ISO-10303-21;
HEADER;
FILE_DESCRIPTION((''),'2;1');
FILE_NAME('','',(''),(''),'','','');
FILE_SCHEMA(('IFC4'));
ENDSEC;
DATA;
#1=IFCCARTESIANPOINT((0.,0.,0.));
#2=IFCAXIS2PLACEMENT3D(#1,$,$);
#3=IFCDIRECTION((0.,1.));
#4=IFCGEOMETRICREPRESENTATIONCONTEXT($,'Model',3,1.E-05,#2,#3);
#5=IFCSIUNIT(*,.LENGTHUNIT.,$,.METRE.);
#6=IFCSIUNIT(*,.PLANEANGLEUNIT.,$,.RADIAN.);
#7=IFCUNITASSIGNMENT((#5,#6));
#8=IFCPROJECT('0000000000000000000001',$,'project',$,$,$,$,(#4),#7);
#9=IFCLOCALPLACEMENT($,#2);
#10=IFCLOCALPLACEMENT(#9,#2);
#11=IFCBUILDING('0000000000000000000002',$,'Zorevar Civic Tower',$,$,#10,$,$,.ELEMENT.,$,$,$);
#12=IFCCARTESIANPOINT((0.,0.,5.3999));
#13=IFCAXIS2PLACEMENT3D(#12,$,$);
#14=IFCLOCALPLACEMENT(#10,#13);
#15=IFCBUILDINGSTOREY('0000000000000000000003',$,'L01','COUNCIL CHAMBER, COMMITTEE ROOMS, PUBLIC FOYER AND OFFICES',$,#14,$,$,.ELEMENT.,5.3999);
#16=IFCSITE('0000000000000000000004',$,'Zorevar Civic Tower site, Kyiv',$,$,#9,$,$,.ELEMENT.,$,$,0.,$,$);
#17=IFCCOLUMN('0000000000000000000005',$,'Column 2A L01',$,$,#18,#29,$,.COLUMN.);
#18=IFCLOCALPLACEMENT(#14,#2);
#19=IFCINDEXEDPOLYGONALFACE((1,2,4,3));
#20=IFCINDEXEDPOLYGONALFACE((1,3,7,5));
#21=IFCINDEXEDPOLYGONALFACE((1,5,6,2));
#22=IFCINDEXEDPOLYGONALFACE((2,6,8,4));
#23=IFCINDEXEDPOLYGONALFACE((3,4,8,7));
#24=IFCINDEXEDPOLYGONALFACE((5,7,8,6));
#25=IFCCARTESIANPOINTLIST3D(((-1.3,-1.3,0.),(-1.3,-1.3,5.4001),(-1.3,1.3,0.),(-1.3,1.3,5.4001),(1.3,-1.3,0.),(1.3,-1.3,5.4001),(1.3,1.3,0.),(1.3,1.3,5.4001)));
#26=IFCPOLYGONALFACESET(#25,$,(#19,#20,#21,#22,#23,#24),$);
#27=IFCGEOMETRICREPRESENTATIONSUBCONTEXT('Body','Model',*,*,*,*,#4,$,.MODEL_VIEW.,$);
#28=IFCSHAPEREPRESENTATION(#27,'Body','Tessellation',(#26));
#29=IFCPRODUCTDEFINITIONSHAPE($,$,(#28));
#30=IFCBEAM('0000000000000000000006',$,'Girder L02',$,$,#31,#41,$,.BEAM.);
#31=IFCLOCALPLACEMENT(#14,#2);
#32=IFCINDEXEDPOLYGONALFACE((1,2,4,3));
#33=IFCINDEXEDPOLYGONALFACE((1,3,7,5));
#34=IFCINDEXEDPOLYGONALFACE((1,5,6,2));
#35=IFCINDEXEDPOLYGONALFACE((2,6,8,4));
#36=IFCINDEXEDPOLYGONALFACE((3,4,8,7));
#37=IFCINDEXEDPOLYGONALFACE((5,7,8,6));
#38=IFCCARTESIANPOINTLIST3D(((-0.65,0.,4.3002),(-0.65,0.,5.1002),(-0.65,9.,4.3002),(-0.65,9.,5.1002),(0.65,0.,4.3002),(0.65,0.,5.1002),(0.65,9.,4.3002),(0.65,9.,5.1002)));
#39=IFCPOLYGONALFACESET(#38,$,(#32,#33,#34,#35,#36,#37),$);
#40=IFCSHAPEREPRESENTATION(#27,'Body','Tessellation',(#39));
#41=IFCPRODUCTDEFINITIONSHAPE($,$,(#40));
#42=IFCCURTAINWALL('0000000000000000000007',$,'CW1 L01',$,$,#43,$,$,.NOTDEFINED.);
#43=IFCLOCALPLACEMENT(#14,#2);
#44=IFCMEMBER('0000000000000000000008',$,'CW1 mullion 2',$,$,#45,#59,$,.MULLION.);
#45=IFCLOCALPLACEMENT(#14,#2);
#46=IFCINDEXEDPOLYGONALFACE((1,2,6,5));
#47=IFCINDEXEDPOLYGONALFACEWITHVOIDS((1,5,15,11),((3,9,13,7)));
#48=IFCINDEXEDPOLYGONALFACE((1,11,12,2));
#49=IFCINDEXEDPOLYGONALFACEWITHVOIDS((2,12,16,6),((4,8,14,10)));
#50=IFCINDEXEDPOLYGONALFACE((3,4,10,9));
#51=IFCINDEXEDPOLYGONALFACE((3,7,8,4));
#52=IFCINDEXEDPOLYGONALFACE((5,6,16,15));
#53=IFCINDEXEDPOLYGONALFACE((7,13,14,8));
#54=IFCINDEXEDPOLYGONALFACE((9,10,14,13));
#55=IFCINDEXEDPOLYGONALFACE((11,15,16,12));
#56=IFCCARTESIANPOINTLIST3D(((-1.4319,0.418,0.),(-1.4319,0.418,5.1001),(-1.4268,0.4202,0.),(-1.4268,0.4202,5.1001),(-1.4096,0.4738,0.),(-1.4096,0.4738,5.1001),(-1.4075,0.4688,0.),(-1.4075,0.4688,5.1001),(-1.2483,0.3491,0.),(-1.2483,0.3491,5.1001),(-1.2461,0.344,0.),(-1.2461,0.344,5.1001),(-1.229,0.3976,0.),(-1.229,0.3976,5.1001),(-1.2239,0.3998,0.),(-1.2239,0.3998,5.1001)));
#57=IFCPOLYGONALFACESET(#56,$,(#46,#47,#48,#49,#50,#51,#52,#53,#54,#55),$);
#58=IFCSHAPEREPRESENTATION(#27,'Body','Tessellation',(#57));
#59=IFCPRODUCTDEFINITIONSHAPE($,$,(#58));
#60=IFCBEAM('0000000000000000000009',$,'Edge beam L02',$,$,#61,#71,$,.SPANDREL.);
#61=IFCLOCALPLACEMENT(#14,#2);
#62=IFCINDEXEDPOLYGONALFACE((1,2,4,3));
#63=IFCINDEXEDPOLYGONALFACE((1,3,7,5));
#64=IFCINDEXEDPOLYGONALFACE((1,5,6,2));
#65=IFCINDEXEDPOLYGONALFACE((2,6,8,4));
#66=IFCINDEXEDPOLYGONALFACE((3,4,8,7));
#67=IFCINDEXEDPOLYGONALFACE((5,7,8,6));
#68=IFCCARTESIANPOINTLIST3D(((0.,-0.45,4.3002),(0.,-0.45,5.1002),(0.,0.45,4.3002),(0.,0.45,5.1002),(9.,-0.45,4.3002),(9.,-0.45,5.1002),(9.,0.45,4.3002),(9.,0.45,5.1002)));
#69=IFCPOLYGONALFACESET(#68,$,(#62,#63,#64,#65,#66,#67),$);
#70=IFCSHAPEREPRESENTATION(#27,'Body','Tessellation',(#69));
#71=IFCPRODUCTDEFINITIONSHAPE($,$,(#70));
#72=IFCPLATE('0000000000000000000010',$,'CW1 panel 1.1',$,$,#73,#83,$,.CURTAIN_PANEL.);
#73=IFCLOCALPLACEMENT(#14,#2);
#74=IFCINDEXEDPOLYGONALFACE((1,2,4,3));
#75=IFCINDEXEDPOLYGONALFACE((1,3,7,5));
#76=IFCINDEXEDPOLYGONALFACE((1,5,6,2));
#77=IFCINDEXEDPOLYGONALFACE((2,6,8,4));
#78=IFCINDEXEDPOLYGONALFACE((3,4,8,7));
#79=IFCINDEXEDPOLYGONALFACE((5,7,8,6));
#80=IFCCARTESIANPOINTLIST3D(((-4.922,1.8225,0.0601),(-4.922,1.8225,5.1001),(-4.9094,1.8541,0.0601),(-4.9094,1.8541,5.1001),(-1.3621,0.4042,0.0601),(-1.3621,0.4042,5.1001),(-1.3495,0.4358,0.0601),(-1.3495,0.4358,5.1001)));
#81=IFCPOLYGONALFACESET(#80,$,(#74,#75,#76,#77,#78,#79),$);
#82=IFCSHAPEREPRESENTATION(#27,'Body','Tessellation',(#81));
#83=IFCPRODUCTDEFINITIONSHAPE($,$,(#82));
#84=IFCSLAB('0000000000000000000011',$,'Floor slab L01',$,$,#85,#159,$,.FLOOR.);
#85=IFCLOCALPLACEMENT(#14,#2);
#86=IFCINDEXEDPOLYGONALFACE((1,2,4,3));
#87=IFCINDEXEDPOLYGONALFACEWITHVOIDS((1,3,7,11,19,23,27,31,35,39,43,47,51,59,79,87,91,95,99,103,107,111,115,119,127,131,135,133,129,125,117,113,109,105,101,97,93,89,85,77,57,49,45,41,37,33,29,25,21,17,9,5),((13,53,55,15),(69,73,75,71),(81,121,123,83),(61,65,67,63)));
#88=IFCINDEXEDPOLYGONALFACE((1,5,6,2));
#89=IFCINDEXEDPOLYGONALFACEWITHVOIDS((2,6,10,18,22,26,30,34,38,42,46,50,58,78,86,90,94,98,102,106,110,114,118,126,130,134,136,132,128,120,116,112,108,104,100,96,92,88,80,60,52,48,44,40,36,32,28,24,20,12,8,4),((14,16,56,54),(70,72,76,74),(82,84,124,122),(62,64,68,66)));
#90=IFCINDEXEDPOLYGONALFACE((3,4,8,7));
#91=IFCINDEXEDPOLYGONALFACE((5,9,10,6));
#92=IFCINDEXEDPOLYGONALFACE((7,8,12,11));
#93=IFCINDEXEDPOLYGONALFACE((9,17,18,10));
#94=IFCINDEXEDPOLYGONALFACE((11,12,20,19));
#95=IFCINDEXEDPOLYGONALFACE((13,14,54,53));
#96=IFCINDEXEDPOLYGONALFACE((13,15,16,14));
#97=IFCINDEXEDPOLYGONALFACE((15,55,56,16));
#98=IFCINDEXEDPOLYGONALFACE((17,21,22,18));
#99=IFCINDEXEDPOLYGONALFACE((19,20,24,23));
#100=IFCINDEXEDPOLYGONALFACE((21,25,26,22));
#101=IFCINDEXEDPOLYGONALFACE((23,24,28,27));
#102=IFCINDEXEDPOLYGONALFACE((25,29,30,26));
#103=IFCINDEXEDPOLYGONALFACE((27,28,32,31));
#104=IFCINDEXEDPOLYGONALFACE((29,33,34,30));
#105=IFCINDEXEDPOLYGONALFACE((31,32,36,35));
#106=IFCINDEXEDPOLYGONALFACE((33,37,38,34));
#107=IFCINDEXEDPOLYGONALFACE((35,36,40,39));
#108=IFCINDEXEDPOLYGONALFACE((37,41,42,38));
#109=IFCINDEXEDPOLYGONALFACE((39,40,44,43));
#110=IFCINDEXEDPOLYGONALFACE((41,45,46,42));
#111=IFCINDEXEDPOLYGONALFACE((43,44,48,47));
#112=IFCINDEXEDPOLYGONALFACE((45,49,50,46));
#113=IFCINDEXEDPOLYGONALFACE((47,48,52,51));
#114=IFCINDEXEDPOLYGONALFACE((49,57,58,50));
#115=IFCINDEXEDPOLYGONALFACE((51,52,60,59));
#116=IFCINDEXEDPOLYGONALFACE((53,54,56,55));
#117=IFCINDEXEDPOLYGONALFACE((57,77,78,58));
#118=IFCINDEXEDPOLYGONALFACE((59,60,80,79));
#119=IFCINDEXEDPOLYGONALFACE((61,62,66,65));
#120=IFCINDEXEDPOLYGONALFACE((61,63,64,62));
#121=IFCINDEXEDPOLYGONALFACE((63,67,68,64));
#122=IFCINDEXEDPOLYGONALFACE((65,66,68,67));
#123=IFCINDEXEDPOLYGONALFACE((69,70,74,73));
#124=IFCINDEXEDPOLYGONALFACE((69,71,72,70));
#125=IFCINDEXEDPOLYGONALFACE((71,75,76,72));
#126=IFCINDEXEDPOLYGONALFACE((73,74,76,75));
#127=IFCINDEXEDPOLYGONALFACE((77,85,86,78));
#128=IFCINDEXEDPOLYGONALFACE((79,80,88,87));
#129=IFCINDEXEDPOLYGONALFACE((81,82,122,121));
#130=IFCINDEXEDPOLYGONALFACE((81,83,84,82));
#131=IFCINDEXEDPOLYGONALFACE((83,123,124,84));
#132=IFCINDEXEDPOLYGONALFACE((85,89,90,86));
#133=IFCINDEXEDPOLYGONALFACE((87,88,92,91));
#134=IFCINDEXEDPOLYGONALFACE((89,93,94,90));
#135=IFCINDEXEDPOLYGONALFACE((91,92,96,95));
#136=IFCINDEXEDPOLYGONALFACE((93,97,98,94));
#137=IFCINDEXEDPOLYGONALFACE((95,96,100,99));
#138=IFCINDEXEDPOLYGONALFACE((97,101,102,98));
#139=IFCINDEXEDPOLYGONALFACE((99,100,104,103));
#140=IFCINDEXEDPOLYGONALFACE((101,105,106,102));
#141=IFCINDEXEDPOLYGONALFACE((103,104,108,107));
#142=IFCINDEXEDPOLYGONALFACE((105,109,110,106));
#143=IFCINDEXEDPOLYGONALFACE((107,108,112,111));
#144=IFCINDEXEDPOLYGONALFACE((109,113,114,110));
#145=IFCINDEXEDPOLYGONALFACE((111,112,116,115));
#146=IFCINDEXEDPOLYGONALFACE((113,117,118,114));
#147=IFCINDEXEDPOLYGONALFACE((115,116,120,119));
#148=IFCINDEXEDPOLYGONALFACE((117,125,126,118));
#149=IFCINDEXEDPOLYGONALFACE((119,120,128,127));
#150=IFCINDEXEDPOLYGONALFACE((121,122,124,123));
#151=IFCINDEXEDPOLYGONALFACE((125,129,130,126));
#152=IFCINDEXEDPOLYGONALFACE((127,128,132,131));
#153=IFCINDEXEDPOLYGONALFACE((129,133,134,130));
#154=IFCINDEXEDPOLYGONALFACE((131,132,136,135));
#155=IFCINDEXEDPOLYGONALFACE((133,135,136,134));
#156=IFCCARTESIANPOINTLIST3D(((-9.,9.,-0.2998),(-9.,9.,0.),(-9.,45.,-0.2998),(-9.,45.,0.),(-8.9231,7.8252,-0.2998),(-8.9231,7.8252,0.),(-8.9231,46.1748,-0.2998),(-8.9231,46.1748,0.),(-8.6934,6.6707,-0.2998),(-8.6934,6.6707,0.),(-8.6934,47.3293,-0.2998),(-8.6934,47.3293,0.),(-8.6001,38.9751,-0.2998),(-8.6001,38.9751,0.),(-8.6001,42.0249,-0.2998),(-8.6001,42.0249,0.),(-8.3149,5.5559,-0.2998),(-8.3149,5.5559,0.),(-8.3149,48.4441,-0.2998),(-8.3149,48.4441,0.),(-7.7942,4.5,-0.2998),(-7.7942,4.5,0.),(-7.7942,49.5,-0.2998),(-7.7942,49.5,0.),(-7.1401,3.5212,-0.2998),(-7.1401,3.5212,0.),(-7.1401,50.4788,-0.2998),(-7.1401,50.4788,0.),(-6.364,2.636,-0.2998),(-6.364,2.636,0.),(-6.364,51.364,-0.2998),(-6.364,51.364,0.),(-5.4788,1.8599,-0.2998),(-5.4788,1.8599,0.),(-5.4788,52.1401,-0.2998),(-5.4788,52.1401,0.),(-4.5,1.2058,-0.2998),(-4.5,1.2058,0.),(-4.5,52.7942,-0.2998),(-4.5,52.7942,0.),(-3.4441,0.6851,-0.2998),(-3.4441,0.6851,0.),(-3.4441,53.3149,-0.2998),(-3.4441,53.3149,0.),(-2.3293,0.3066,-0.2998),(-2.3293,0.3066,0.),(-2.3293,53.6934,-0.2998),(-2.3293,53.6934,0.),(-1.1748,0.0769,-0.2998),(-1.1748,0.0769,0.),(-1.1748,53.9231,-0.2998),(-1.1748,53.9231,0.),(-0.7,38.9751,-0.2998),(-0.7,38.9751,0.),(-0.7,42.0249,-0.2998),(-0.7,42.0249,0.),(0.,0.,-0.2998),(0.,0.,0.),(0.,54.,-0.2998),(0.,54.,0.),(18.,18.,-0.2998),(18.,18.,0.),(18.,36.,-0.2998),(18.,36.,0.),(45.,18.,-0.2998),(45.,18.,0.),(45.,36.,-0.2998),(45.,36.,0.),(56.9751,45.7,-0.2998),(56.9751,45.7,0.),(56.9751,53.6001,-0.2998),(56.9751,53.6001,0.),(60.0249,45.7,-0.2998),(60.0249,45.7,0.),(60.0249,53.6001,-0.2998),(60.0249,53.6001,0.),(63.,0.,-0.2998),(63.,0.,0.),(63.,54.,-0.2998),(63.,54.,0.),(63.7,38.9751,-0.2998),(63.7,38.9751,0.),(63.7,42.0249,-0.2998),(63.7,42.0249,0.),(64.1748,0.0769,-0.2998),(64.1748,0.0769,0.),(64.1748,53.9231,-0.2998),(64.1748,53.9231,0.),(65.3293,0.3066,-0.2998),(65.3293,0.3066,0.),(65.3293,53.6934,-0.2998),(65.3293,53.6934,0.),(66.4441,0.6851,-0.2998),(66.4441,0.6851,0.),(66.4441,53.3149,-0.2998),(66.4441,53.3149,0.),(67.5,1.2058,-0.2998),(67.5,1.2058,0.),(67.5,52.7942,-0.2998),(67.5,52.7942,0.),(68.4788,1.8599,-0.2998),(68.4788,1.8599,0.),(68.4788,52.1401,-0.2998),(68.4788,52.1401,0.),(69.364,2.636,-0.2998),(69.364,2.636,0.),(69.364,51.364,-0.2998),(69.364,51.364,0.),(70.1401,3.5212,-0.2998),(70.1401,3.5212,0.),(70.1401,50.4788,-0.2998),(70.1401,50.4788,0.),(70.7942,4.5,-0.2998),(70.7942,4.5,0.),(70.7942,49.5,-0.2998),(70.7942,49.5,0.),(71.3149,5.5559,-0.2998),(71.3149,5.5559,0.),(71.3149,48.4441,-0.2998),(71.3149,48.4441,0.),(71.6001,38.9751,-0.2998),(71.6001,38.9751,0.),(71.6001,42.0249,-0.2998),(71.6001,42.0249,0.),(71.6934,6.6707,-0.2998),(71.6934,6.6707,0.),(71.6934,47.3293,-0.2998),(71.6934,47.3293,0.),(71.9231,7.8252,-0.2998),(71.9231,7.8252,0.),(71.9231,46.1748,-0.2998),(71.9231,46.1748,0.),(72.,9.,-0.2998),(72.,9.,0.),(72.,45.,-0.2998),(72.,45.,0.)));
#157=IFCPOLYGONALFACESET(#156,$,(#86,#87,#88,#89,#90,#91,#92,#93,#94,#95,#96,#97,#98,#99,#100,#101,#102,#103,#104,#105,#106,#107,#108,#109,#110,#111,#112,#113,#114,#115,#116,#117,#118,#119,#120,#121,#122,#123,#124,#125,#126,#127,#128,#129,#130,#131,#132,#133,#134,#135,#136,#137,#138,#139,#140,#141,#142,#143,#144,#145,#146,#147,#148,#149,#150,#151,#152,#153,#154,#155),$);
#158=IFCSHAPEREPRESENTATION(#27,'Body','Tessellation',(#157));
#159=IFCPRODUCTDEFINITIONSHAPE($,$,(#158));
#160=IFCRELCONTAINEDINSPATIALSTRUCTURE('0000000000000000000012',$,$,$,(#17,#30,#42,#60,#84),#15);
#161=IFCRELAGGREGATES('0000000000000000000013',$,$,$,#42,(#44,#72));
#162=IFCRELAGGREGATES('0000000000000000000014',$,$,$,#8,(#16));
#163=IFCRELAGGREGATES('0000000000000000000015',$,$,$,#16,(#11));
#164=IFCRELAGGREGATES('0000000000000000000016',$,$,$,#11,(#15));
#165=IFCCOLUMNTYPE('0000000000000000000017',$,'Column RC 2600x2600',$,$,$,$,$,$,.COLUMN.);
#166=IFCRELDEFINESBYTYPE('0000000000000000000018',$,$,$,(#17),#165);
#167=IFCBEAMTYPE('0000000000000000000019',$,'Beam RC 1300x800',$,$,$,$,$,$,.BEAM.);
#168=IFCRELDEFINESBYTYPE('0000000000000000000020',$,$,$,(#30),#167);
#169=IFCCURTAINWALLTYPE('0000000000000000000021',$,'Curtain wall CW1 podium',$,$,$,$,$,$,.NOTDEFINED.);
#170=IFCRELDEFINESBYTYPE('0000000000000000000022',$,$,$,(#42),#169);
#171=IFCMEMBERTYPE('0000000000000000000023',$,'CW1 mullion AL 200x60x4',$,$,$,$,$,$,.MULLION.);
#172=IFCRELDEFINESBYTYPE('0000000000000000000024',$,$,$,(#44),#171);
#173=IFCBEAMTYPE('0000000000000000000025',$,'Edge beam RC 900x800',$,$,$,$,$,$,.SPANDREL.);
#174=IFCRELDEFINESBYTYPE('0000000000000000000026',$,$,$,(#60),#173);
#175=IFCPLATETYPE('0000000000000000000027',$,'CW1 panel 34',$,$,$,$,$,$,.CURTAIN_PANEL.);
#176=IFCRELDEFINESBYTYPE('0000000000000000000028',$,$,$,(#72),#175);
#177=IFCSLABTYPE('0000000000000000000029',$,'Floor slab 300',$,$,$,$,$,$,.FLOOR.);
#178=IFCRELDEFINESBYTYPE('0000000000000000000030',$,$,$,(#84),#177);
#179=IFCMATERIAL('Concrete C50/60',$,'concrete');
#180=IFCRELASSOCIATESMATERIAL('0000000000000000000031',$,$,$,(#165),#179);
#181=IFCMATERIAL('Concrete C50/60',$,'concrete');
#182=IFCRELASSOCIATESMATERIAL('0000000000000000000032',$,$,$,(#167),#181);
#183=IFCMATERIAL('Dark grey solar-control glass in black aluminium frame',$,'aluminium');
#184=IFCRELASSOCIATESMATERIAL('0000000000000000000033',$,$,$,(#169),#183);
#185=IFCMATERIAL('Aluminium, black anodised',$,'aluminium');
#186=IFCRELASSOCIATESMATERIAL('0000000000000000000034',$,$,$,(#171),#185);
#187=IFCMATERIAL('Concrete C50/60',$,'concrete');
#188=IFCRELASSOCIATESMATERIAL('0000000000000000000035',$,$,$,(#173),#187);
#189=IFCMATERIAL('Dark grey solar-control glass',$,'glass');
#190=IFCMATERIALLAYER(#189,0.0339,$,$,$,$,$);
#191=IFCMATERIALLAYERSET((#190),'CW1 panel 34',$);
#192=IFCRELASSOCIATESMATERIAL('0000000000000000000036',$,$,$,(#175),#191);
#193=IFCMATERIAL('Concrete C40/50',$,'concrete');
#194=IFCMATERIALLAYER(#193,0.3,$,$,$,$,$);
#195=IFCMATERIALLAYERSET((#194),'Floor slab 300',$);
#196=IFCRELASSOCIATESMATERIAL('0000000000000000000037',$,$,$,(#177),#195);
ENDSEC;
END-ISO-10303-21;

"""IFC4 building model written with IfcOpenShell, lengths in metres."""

from ifc_helpers import new_model, si_unit, direction, frame, origin, origin_with_axes, origin_2d, place, context, subcontext, project, spatial, polyline, rectangle, hollow_rectangle, outline, extrude, material, layer, layer_set, material_profile, profile_set, type_object, element, aggregate, save


model = new_model("IFC4")

# Units and contexts
model_context = context("Model", 3, precision=1e-05, world=origin(), true_north=direction((0.0, 1.0)))
body_context = subcontext(model_context, "Body", "Model", "MODEL_VIEW")
ifc_project = project(units=[si_unit("LENGTHUNIT", "METRE"), si_unit("PLANEANGLEUNIT", "RADIAN")], contexts=[model_context])

# Site, building, storey
site_placement = place(None, origin())
site = spatial("IfcSite", under=ifc_project, at=site_placement, Name="Zorevar Civic Tower site, Kyiv", CompositionType="ELEMENT", RefElevation=0.0)
building_placement = place(site_placement, origin())
building = spatial("IfcBuilding", under=site, at=building_placement, Name="Zorevar Civic Tower", CompositionType="ELEMENT")
storey_placement = place(building_placement, frame((0.0, 0.0, 5.3999)))
storey = spatial("IfcBuildingStorey", under=building, at=storey_placement, Name="L01", Description="COUNCIL CHAMBER, COMMITTEE ROOMS, PUBLIC FOYER AND OFFICES", CompositionType="ELEMENT", Elevation=5.3999)

# Column
ifc_material_1 = material(Name="Concrete C50/60", Category="concrete")
ifc_material_profile_1 = material_profile(ifc_material_1, rectangle(XDim=2.6001, YDim=2.6001, at=origin_2d()), Name="RC 2600x2600")
ifc_profile_set_1 = profile_set([ifc_material_profile_1], Name="Concrete C50/60")
column_type = type_object("IfcColumnType", Name="Column RC 2600x2600", PredefinedType="COLUMN", material=ifc_profile_set_1)
column_placement = place(storey_placement, origin_with_axes())
element("IfcColumn", 1, at=column_placement, inside=storey, type_object=column_type, Name="Column 2A L01", PredefinedType="COLUMN", context=body_context, shape_type="SweptSolid", body=[
    extrude(rectangle(XDim=2.6001, YDim=2.6001, at=origin_2d()), origin(), (0.0, 0.0, 1.0), 5.4001),
])

# Beam
ifc_material_2 = material(Name="Concrete C50/60", Category="concrete")
ifc_material_profile_2 = material_profile(ifc_material_2, rectangle(XDim=1.3, YDim=0.8, at=origin_2d()), Name="RC 1300x800")
ifc_profile_set_2 = profile_set([ifc_material_profile_2], Name="Concrete C50/60")
beam_type_1 = type_object("IfcBeamType", Name="Beam RC 1300x800", PredefinedType="BEAM", material=ifc_profile_set_2)
beam_1_placement = place(storey_placement, frame((0.0, 0.0, 4.7002), z_axis=(0.0, 1.0, 0.0), x_axis=(-1.0, 0.0, 0.0)))
element("IfcBeam", 2, at=beam_1_placement, inside=storey, type_object=beam_type_1, Name="Girder L02", PredefinedType="BEAM", context=body_context, shape_type="SweptSolid", body=[
    extrude(rectangle(XDim=1.3, YDim=0.8, at=origin_2d()), origin(), (0.0, 0.0, 1.0), 9.0),
])

# Curtain wall, member
ifc_material_3 = material(Name="Dark grey solar-control glass in black aluminium frame", Category="aluminium")
curtain_wall_type = type_object("IfcCurtainWallType", Name="Curtain wall CW1 podium", PredefinedType="NOTDEFINED", material=ifc_material_3)
curtain_wall_placement = place(storey_placement, origin())
curtain_wall = element("IfcCurtainWall", 3, at=curtain_wall_placement, inside=storey, type_object=curtain_wall_type, Name="CW1 L01", PredefinedType="NOTDEFINED")
ifc_material_4 = material(Name="Aluminium, black anodised", Category="aluminium")
ifc_material_profile_3 = material_profile(ifc_material_4, hollow_rectangle(XDim=0.0601, YDim=0.2, WallThickness=0.0039, at=origin_2d()), Name="AL 200x60x4")
ifc_profile_set_3 = profile_set([ifc_material_profile_3], Name="Aluminium, black anodised")
member_type = type_object("IfcMemberType", Name="CW1 mullion AL 200x60x4", PredefinedType="MULLION", material=ifc_profile_set_3)
member_placement = place(storey_placement, frame((-1.3279, 0.4089, 0.0), z_axis=(0.0, 0.0, 1.0), x_axis=(0.370111, 0.928988, 0.0)))
member = element("IfcMember", 4, at=member_placement, type_object=member_type, Name="CW1 mullion 2", PredefinedType="MULLION", context=body_context, shape_type="SweptSolid", body=[
    extrude(hollow_rectangle(XDim=0.0601, YDim=0.2, WallThickness=0.0039, at=origin_2d()), origin(), (0.0, 0.0, 1.0), 5.1001),
])

# Beam
ifc_material_5 = material(Name="Concrete C50/60", Category="concrete")
ifc_material_profile_4 = material_profile(ifc_material_5, rectangle(XDim=0.8999, YDim=0.8, at=origin_2d()), Name="RC 900x800")
ifc_profile_set_4 = profile_set([ifc_material_profile_4], Name="Concrete C50/60")
beam_type_2 = type_object("IfcBeamType", Name="Edge beam RC 900x800", PredefinedType="SPANDREL", material=ifc_profile_set_4)
beam_2_placement = place(storey_placement, frame((0.0, 0.0, 4.7002), z_axis=(1.0, 0.0, 0.0), x_axis=(0.0, 1.0, 0.0)))
element("IfcBeam", 5, at=beam_2_placement, inside=storey, type_object=beam_type_2, Name="Edge beam L02", PredefinedType="SPANDREL", context=body_context, shape_type="SweptSolid", body=[
    extrude(rectangle(XDim=0.8999, YDim=0.8, at=origin_2d()), origin(), (0.0, 0.0, 1.0), 9.0),
])

# Plate
ifc_material_6 = material(Name="Dark grey solar-control glass", Category="glass")
ifc_layer_1 = layer(ifc_material_6, 0.0339)
ifc_layer_set_1 = layer_set([ifc_layer_1], Name="CW1 panel 34")
plate_type = type_object("IfcPlateType", Name="CW1 panel 34", PredefinedType="CURTAIN_PANEL", material=ifc_layer_set_1)
plate_placement = place(storey_placement, frame((-3.1357, 1.1292, 0.0601), z_axis=(0.0, 0.0, 1.0), x_axis=(0.928988, -0.370111, 0.0)))
plate = element("IfcPlate", 6, at=plate_placement, type_object=plate_type, Name="CW1 panel 1.1", PredefinedType="CURTAIN_PANEL", context=body_context, shape_type="SweptSolid", body=[
    extrude(rectangle(XDim=3.832, YDim=0.0339, at=origin_2d()), origin(), (0.0, 0.0, 1.0), 5.04),
])
aggregate(curtain_wall, [member, plate])

# Slab
ifc_material_7 = material(Name="Concrete C40/50", Category="concrete")
ifc_layer_2 = layer(ifc_material_7, 0.3)
ifc_layer_set_2 = layer_set([ifc_layer_2], Name="Floor slab 300")
slab_type_1 = type_object("IfcSlabType", Name="Floor slab 300", PredefinedType="FLOOR", material=ifc_layer_set_2)
slab_1_placement = place(storey_placement, frame((0.0, 0.0, -0.2998)))
element("IfcSlab", 7, at=slab_1_placement, inside=storey, type_object=slab_type_1, Name="Floor slab L01", PredefinedType="FLOOR", context=body_context, shape_type="SweptSolid", body=[
    extrude(outline(polyline([(63.0, 0.0), (64.1748, 0.0769), (65.3293, 0.3066), (66.4441, 0.6851), (67.5, 1.2058), (68.4788, 1.8599), (69.364, 2.636), (70.1401, 3.5212), (70.7942, 4.5), (71.3149, 5.5559), (71.6934, 6.6707), (71.9231, 7.8252), (72.0, 9.0), (72.0, 45.0), (71.9231, 46.1748), (71.6934, 47.3293), (71.3149, 48.4441), (70.7942, 49.5), (70.1401, 50.4788), (69.364, 51.364), (68.4788, 52.1401), (67.5, 52.7942), (66.4441, 53.3149), (65.3293, 53.6934), (64.1748, 53.9231), (63.0, 54.0), (0.0, 54.0), (-1.1748, 53.9231), (-2.3293, 53.6934), (-3.4441, 53.3149), (-4.5, 52.7942), (-5.4788, 52.1401), (-6.364, 51.364), (-7.1401, 50.4788), (-7.7942, 49.5), (-8.3149, 48.4441), (-8.6934, 47.3293), (-8.9231, 46.1748), (-9.0, 45.0), (-9.0, 9.0), (-8.9231, 7.8252), (-8.6934, 6.6707), (-8.3149, 5.5559), (-7.7942, 4.5), (-7.1401, 3.5212), (-6.364, 2.636), (-5.4788, 1.8599), (-4.5, 1.2058), (-3.4441, 0.6851), (-2.3293, 0.3066), (-1.1748, 0.0769), (0.0, 0.0), (63.0, 0.0)]), holes=[polyline([(18.0, 18.0), (45.0, 18.0), (45.0, 36.0), (18.0, 36.0), (18.0, 18.0)]), polyline([(-8.6001, 38.9751), (-0.7, 38.9751), (-0.7, 42.0249), (-8.6001, 42.0249), (-8.6001, 38.9751)]), polyline([(63.7, 38.9751), (71.6001, 38.9751), (71.6001, 42.0249), (63.7, 42.0249), (63.7, 38.9751)]), polyline([(56.9751, 45.7), (60.0249, 45.7), (60.0249, 53.6001), (56.9751, 53.6001), (56.9751, 45.7)])]), origin(), (0.0, 0.0, 1.0), 0.2998),
])

save(model, "model.ifc")
